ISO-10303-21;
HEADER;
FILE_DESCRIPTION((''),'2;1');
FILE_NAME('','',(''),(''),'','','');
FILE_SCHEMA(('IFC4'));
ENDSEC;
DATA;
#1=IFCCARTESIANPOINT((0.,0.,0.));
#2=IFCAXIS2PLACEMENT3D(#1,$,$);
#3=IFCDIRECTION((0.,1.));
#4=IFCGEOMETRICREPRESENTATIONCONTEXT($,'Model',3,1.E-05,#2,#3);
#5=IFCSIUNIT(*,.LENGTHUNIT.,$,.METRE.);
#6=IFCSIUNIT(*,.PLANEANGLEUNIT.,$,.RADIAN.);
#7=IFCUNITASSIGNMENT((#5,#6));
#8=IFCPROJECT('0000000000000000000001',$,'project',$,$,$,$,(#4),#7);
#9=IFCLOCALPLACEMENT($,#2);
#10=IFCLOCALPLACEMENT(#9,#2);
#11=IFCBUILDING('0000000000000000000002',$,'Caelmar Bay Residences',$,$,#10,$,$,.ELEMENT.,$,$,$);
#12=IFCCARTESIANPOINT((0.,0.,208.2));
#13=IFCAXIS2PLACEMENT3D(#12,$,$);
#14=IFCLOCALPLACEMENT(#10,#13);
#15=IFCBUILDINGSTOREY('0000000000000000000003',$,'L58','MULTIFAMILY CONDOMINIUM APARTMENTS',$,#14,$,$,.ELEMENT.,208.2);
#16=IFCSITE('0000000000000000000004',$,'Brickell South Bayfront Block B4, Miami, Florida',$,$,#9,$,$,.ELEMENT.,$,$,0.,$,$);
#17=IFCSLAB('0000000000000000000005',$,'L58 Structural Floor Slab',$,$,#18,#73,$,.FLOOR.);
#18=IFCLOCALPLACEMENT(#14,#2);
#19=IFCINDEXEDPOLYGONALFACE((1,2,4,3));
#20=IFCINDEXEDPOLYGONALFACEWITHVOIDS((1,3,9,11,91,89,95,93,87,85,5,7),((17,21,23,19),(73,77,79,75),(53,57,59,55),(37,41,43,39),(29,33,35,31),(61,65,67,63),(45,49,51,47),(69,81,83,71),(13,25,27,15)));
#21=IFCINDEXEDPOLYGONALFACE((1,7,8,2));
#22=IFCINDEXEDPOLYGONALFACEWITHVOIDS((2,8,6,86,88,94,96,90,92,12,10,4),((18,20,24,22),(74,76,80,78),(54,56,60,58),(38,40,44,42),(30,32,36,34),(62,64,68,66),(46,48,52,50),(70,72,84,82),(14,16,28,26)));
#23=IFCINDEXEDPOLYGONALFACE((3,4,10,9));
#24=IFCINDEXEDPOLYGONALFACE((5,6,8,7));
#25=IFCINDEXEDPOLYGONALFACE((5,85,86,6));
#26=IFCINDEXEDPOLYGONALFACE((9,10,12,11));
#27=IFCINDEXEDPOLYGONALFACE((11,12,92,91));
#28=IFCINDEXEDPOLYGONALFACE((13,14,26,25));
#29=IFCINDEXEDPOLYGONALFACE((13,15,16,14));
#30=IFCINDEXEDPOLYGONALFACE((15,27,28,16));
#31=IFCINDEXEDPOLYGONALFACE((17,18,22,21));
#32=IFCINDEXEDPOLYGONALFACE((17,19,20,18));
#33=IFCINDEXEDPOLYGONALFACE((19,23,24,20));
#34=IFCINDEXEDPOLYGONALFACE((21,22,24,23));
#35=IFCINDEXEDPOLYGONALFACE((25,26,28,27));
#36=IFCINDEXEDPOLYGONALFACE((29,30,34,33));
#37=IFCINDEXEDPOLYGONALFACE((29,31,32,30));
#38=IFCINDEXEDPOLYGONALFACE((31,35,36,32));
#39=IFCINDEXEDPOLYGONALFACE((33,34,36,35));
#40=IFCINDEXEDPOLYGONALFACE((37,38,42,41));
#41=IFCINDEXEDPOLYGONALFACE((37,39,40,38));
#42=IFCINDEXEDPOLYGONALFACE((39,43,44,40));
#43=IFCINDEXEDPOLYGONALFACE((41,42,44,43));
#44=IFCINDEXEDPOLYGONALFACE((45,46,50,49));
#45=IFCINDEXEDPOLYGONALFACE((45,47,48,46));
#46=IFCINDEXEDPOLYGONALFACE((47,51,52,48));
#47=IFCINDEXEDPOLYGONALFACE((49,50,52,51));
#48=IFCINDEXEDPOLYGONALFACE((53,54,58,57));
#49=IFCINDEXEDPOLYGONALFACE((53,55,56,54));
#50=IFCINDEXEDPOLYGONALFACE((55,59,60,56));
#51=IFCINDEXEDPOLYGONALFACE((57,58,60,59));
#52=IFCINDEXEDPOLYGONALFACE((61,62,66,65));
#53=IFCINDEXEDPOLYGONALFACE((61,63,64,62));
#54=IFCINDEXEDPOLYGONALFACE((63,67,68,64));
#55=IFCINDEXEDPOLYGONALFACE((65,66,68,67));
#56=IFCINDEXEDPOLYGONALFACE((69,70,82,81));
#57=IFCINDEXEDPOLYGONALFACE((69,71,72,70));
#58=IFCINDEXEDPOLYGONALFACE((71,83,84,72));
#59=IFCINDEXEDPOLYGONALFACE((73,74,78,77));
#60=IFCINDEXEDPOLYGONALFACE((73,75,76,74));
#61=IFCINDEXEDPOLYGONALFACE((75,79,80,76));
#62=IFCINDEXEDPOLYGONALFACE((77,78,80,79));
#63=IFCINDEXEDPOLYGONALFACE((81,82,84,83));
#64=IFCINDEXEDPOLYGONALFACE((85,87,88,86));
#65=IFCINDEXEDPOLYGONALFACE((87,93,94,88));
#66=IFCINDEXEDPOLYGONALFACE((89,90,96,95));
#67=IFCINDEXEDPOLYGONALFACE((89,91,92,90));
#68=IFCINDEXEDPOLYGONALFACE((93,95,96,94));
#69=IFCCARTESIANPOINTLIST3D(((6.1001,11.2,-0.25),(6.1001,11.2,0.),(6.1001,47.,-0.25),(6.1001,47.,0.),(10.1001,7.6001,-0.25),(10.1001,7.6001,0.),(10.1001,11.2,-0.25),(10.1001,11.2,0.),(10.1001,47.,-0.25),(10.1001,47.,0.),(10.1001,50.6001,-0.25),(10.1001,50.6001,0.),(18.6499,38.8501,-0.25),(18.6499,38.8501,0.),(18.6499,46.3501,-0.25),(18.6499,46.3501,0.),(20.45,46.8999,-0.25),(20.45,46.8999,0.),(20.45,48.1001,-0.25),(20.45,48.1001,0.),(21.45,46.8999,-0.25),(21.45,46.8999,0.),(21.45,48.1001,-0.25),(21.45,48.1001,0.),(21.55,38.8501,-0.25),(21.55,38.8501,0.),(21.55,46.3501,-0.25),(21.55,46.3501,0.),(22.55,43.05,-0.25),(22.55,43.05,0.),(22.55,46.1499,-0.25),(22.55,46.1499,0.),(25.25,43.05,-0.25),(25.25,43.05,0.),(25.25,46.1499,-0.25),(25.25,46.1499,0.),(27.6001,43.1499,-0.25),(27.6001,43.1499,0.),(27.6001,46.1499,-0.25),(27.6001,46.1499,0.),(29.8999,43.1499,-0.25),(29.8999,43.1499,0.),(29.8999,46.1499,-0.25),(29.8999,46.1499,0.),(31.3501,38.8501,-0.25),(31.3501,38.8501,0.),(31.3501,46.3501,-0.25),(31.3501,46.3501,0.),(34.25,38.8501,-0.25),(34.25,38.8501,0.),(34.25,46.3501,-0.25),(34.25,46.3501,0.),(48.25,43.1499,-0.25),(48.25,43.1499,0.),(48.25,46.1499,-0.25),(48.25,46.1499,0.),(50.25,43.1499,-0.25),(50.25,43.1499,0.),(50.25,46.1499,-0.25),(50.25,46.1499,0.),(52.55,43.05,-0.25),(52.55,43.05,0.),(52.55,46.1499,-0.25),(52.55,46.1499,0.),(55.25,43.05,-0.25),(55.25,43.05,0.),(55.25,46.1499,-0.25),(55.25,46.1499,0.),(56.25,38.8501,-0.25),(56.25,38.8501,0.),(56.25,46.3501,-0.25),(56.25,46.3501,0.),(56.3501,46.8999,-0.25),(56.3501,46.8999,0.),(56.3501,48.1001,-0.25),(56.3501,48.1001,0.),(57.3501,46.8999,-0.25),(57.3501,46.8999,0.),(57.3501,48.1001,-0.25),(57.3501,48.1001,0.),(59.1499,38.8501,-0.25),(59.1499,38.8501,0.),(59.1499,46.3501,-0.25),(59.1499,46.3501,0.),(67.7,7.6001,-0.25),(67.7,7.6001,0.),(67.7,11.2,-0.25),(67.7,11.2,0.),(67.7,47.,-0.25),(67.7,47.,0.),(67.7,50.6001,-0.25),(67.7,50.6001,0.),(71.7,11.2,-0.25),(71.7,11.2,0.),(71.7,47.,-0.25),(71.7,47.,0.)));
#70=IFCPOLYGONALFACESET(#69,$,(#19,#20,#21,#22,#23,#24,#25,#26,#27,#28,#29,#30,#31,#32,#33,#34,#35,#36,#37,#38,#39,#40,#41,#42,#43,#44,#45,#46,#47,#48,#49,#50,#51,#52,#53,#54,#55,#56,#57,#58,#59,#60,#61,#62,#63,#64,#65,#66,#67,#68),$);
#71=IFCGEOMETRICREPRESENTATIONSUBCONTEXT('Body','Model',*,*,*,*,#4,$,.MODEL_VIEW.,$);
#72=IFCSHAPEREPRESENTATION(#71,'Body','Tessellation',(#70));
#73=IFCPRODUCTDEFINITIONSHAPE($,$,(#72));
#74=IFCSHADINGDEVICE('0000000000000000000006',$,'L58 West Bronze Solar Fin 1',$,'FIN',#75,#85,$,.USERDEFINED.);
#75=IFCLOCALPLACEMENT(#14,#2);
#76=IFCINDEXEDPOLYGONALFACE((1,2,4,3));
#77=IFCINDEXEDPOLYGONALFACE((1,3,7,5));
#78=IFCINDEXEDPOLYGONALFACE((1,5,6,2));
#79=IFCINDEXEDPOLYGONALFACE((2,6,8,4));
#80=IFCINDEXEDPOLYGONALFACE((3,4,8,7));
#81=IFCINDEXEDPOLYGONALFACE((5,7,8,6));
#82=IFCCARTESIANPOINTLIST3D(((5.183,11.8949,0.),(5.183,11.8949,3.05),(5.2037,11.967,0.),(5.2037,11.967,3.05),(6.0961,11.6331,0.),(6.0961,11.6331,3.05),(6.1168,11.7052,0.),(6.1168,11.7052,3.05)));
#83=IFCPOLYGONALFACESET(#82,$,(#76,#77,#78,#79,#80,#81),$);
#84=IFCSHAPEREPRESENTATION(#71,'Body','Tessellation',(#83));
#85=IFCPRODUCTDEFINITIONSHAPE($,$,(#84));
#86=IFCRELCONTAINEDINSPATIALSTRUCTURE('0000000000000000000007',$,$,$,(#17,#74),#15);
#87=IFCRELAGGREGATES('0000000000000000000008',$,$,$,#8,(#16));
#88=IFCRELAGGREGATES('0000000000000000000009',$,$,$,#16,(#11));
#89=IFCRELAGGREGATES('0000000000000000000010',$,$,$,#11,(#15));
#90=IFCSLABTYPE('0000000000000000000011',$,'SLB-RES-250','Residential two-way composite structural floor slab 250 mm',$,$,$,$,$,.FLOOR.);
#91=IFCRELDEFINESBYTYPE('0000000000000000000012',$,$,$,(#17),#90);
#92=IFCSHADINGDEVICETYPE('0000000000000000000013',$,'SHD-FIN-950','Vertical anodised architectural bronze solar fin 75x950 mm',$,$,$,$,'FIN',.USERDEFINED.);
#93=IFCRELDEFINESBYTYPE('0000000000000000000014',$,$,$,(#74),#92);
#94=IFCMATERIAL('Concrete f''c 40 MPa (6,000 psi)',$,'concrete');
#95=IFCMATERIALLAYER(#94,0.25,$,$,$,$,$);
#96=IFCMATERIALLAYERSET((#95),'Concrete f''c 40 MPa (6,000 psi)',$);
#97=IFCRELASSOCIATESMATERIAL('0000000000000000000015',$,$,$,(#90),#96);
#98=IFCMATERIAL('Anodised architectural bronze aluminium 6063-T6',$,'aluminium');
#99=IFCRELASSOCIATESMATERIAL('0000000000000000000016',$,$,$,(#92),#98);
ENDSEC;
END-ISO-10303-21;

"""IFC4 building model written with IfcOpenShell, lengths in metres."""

from ifc_helpers import new_model, si_unit, direction, frame, origin, origin_2d, place, context, subcontext, project, spatial, polyline, rectangle, outline, extrude, material, layer, layer_set, material_profile, profile_set, type_object, element, save


model = new_model("IFC4")

# Units and contexts
model_context = context("Model", 3, precision=1e-05, world=origin(), true_north=direction((0.0, 1.0)))
body_context = subcontext(model_context, "Body", "Model", "MODEL_VIEW")
ifc_project = project(units=[si_unit("LENGTHUNIT", "METRE"), si_unit("PLANEANGLEUNIT", "RADIAN")], contexts=[model_context])

# Site, building, storey
site_placement = place(None, origin())
site = spatial("IfcSite", under=ifc_project, at=site_placement, Name="Brickell South Bayfront Block B4, Miami, Florida", CompositionType="ELEMENT", RefElevation=0.0)
building_placement = place(site_placement, origin())
building = spatial("IfcBuilding", under=site, at=building_placement, Name="Caelmar Bay Residences", CompositionType="ELEMENT")
storey_placement = place(building_placement, frame((0.0, 0.0, 208.2)))
storey = spatial("IfcBuildingStorey", under=building, at=storey_placement, Name="L58", Description="MULTIFAMILY CONDOMINIUM APARTMENTS", CompositionType="ELEMENT", Elevation=208.2)

# Shared definitions
ifc_material_1 = material(Name="Concrete f'c 40 MPa (6,000 psi)", Category="concrete")

# Slab
ifc_layer_1 = layer(ifc_material_1, 0.25)
ifc_layer_set_1 = layer_set([ifc_layer_1], Name="Concrete f'c 40 MPa (6,000 psi)")
slab_type_1 = type_object("IfcSlabType", Name="SLB-RES-250", Description="Residential two-way composite structural floor slab 250 mm", PredefinedType="FLOOR", material=ifc_layer_set_1)
slab_1_placement = place(storey_placement, frame((0.0, 0.0, -0.25)))
element("IfcSlab", 1, at=slab_1_placement, inside=storey, type_object=slab_type_1, Name="L58 Structural Floor Slab", PredefinedType="FLOOR", context=body_context, shape_type="SweptSolid", body=[
    extrude(outline(polyline([(10.1001, 7.6001), (67.7, 7.6001), (67.7, 11.2), (71.7, 11.2), (71.7, 47.0), (67.7, 47.0), (67.7, 50.6001), (10.1001, 50.6001), (10.1001, 47.0), (6.1001, 47.0), (6.1001, 11.2), (10.1001, 11.2), (10.1001, 7.6001)]), holes=[polyline([(18.6499, 38.8501), (21.55, 38.8501), (21.55, 46.3501), (18.6499, 46.3501), (18.6499, 38.8501)]), polyline([(56.25, 38.8501), (59.1499, 38.8501), (59.1499, 46.3501), (56.25, 46.3501), (56.25, 38.8501)]), polyline([(31.3501, 38.8501), (34.25, 38.8501), (34.25, 46.3501), (31.3501, 46.3501), (31.3501, 38.8501)]), polyline([(22.55, 43.05), (25.25, 43.05), (25.25, 46.1499), (22.55, 46.1499), (22.55, 43.05)]), polyline([(52.55, 43.05), (55.25, 43.05), (55.25, 46.1499), (52.55, 46.1499), (52.55, 43.05)]), polyline([(48.25, 43.1499), (50.25, 43.1499), (50.25, 46.1499), (48.25, 46.1499), (48.25, 43.1499)]), polyline([(27.6001, 43.1499), (29.8999, 43.1499), (29.8999, 46.1499), (27.6001, 46.1499), (27.6001, 43.1499)]), polyline([(20.45, 46.8999), (21.45, 46.8999), (21.45, 48.1001), (20.45, 48.1001), (20.45, 46.8999)]), polyline([(56.3501, 46.8999), (57.3501, 46.8999), (57.3501, 48.1001), (56.3501, 48.1001), (56.3501, 46.8999)])]), origin(), (0.0, 0.0, 1.0), 0.25),
])

# Shading device
ifc_material_2 = material(Name="Anodised architectural bronze aluminium 6063-T6", Category="aluminium")
ifc_material_profile_1 = material_profile(ifc_material_2, rectangle(XDim=0.075, YDim=0.95, at=origin_2d()), Name="BRONZE-FIN-75X950")
ifc_profile_set_1 = profile_set([ifc_material_profile_1], Name="Anodised architectural bronze aluminium 6063-T6")
shading_device_type = type_object("IfcShadingDeviceType", Name="SHD-FIN-950", Description="Vertical anodised architectural bronze solar fin 75x950 mm", ElementType="FIN", PredefinedType="USERDEFINED", material=ifc_profile_set_1)
shading_device_placement = place(storey_placement, frame((5.6499, 11.8, 0.0), z_axis=(0.0, 0.0, 1.0), x_axis=(0.275637, 0.961262, 0.0)))
element("IfcShadingDevice", 2, at=shading_device_placement, inside=storey, type_object=shading_device_type, Name="L58 West Bronze Solar Fin 1", ObjectType="FIN", PredefinedType="USERDEFINED", context=body_context, shape_type="SweptSolid", body=[
    extrude(rectangle(XDim=0.075, YDim=0.95, at=origin_2d()), origin(), (0.0, 0.0, 1.0), 3.05),
])

save(model, "model.ifc")
